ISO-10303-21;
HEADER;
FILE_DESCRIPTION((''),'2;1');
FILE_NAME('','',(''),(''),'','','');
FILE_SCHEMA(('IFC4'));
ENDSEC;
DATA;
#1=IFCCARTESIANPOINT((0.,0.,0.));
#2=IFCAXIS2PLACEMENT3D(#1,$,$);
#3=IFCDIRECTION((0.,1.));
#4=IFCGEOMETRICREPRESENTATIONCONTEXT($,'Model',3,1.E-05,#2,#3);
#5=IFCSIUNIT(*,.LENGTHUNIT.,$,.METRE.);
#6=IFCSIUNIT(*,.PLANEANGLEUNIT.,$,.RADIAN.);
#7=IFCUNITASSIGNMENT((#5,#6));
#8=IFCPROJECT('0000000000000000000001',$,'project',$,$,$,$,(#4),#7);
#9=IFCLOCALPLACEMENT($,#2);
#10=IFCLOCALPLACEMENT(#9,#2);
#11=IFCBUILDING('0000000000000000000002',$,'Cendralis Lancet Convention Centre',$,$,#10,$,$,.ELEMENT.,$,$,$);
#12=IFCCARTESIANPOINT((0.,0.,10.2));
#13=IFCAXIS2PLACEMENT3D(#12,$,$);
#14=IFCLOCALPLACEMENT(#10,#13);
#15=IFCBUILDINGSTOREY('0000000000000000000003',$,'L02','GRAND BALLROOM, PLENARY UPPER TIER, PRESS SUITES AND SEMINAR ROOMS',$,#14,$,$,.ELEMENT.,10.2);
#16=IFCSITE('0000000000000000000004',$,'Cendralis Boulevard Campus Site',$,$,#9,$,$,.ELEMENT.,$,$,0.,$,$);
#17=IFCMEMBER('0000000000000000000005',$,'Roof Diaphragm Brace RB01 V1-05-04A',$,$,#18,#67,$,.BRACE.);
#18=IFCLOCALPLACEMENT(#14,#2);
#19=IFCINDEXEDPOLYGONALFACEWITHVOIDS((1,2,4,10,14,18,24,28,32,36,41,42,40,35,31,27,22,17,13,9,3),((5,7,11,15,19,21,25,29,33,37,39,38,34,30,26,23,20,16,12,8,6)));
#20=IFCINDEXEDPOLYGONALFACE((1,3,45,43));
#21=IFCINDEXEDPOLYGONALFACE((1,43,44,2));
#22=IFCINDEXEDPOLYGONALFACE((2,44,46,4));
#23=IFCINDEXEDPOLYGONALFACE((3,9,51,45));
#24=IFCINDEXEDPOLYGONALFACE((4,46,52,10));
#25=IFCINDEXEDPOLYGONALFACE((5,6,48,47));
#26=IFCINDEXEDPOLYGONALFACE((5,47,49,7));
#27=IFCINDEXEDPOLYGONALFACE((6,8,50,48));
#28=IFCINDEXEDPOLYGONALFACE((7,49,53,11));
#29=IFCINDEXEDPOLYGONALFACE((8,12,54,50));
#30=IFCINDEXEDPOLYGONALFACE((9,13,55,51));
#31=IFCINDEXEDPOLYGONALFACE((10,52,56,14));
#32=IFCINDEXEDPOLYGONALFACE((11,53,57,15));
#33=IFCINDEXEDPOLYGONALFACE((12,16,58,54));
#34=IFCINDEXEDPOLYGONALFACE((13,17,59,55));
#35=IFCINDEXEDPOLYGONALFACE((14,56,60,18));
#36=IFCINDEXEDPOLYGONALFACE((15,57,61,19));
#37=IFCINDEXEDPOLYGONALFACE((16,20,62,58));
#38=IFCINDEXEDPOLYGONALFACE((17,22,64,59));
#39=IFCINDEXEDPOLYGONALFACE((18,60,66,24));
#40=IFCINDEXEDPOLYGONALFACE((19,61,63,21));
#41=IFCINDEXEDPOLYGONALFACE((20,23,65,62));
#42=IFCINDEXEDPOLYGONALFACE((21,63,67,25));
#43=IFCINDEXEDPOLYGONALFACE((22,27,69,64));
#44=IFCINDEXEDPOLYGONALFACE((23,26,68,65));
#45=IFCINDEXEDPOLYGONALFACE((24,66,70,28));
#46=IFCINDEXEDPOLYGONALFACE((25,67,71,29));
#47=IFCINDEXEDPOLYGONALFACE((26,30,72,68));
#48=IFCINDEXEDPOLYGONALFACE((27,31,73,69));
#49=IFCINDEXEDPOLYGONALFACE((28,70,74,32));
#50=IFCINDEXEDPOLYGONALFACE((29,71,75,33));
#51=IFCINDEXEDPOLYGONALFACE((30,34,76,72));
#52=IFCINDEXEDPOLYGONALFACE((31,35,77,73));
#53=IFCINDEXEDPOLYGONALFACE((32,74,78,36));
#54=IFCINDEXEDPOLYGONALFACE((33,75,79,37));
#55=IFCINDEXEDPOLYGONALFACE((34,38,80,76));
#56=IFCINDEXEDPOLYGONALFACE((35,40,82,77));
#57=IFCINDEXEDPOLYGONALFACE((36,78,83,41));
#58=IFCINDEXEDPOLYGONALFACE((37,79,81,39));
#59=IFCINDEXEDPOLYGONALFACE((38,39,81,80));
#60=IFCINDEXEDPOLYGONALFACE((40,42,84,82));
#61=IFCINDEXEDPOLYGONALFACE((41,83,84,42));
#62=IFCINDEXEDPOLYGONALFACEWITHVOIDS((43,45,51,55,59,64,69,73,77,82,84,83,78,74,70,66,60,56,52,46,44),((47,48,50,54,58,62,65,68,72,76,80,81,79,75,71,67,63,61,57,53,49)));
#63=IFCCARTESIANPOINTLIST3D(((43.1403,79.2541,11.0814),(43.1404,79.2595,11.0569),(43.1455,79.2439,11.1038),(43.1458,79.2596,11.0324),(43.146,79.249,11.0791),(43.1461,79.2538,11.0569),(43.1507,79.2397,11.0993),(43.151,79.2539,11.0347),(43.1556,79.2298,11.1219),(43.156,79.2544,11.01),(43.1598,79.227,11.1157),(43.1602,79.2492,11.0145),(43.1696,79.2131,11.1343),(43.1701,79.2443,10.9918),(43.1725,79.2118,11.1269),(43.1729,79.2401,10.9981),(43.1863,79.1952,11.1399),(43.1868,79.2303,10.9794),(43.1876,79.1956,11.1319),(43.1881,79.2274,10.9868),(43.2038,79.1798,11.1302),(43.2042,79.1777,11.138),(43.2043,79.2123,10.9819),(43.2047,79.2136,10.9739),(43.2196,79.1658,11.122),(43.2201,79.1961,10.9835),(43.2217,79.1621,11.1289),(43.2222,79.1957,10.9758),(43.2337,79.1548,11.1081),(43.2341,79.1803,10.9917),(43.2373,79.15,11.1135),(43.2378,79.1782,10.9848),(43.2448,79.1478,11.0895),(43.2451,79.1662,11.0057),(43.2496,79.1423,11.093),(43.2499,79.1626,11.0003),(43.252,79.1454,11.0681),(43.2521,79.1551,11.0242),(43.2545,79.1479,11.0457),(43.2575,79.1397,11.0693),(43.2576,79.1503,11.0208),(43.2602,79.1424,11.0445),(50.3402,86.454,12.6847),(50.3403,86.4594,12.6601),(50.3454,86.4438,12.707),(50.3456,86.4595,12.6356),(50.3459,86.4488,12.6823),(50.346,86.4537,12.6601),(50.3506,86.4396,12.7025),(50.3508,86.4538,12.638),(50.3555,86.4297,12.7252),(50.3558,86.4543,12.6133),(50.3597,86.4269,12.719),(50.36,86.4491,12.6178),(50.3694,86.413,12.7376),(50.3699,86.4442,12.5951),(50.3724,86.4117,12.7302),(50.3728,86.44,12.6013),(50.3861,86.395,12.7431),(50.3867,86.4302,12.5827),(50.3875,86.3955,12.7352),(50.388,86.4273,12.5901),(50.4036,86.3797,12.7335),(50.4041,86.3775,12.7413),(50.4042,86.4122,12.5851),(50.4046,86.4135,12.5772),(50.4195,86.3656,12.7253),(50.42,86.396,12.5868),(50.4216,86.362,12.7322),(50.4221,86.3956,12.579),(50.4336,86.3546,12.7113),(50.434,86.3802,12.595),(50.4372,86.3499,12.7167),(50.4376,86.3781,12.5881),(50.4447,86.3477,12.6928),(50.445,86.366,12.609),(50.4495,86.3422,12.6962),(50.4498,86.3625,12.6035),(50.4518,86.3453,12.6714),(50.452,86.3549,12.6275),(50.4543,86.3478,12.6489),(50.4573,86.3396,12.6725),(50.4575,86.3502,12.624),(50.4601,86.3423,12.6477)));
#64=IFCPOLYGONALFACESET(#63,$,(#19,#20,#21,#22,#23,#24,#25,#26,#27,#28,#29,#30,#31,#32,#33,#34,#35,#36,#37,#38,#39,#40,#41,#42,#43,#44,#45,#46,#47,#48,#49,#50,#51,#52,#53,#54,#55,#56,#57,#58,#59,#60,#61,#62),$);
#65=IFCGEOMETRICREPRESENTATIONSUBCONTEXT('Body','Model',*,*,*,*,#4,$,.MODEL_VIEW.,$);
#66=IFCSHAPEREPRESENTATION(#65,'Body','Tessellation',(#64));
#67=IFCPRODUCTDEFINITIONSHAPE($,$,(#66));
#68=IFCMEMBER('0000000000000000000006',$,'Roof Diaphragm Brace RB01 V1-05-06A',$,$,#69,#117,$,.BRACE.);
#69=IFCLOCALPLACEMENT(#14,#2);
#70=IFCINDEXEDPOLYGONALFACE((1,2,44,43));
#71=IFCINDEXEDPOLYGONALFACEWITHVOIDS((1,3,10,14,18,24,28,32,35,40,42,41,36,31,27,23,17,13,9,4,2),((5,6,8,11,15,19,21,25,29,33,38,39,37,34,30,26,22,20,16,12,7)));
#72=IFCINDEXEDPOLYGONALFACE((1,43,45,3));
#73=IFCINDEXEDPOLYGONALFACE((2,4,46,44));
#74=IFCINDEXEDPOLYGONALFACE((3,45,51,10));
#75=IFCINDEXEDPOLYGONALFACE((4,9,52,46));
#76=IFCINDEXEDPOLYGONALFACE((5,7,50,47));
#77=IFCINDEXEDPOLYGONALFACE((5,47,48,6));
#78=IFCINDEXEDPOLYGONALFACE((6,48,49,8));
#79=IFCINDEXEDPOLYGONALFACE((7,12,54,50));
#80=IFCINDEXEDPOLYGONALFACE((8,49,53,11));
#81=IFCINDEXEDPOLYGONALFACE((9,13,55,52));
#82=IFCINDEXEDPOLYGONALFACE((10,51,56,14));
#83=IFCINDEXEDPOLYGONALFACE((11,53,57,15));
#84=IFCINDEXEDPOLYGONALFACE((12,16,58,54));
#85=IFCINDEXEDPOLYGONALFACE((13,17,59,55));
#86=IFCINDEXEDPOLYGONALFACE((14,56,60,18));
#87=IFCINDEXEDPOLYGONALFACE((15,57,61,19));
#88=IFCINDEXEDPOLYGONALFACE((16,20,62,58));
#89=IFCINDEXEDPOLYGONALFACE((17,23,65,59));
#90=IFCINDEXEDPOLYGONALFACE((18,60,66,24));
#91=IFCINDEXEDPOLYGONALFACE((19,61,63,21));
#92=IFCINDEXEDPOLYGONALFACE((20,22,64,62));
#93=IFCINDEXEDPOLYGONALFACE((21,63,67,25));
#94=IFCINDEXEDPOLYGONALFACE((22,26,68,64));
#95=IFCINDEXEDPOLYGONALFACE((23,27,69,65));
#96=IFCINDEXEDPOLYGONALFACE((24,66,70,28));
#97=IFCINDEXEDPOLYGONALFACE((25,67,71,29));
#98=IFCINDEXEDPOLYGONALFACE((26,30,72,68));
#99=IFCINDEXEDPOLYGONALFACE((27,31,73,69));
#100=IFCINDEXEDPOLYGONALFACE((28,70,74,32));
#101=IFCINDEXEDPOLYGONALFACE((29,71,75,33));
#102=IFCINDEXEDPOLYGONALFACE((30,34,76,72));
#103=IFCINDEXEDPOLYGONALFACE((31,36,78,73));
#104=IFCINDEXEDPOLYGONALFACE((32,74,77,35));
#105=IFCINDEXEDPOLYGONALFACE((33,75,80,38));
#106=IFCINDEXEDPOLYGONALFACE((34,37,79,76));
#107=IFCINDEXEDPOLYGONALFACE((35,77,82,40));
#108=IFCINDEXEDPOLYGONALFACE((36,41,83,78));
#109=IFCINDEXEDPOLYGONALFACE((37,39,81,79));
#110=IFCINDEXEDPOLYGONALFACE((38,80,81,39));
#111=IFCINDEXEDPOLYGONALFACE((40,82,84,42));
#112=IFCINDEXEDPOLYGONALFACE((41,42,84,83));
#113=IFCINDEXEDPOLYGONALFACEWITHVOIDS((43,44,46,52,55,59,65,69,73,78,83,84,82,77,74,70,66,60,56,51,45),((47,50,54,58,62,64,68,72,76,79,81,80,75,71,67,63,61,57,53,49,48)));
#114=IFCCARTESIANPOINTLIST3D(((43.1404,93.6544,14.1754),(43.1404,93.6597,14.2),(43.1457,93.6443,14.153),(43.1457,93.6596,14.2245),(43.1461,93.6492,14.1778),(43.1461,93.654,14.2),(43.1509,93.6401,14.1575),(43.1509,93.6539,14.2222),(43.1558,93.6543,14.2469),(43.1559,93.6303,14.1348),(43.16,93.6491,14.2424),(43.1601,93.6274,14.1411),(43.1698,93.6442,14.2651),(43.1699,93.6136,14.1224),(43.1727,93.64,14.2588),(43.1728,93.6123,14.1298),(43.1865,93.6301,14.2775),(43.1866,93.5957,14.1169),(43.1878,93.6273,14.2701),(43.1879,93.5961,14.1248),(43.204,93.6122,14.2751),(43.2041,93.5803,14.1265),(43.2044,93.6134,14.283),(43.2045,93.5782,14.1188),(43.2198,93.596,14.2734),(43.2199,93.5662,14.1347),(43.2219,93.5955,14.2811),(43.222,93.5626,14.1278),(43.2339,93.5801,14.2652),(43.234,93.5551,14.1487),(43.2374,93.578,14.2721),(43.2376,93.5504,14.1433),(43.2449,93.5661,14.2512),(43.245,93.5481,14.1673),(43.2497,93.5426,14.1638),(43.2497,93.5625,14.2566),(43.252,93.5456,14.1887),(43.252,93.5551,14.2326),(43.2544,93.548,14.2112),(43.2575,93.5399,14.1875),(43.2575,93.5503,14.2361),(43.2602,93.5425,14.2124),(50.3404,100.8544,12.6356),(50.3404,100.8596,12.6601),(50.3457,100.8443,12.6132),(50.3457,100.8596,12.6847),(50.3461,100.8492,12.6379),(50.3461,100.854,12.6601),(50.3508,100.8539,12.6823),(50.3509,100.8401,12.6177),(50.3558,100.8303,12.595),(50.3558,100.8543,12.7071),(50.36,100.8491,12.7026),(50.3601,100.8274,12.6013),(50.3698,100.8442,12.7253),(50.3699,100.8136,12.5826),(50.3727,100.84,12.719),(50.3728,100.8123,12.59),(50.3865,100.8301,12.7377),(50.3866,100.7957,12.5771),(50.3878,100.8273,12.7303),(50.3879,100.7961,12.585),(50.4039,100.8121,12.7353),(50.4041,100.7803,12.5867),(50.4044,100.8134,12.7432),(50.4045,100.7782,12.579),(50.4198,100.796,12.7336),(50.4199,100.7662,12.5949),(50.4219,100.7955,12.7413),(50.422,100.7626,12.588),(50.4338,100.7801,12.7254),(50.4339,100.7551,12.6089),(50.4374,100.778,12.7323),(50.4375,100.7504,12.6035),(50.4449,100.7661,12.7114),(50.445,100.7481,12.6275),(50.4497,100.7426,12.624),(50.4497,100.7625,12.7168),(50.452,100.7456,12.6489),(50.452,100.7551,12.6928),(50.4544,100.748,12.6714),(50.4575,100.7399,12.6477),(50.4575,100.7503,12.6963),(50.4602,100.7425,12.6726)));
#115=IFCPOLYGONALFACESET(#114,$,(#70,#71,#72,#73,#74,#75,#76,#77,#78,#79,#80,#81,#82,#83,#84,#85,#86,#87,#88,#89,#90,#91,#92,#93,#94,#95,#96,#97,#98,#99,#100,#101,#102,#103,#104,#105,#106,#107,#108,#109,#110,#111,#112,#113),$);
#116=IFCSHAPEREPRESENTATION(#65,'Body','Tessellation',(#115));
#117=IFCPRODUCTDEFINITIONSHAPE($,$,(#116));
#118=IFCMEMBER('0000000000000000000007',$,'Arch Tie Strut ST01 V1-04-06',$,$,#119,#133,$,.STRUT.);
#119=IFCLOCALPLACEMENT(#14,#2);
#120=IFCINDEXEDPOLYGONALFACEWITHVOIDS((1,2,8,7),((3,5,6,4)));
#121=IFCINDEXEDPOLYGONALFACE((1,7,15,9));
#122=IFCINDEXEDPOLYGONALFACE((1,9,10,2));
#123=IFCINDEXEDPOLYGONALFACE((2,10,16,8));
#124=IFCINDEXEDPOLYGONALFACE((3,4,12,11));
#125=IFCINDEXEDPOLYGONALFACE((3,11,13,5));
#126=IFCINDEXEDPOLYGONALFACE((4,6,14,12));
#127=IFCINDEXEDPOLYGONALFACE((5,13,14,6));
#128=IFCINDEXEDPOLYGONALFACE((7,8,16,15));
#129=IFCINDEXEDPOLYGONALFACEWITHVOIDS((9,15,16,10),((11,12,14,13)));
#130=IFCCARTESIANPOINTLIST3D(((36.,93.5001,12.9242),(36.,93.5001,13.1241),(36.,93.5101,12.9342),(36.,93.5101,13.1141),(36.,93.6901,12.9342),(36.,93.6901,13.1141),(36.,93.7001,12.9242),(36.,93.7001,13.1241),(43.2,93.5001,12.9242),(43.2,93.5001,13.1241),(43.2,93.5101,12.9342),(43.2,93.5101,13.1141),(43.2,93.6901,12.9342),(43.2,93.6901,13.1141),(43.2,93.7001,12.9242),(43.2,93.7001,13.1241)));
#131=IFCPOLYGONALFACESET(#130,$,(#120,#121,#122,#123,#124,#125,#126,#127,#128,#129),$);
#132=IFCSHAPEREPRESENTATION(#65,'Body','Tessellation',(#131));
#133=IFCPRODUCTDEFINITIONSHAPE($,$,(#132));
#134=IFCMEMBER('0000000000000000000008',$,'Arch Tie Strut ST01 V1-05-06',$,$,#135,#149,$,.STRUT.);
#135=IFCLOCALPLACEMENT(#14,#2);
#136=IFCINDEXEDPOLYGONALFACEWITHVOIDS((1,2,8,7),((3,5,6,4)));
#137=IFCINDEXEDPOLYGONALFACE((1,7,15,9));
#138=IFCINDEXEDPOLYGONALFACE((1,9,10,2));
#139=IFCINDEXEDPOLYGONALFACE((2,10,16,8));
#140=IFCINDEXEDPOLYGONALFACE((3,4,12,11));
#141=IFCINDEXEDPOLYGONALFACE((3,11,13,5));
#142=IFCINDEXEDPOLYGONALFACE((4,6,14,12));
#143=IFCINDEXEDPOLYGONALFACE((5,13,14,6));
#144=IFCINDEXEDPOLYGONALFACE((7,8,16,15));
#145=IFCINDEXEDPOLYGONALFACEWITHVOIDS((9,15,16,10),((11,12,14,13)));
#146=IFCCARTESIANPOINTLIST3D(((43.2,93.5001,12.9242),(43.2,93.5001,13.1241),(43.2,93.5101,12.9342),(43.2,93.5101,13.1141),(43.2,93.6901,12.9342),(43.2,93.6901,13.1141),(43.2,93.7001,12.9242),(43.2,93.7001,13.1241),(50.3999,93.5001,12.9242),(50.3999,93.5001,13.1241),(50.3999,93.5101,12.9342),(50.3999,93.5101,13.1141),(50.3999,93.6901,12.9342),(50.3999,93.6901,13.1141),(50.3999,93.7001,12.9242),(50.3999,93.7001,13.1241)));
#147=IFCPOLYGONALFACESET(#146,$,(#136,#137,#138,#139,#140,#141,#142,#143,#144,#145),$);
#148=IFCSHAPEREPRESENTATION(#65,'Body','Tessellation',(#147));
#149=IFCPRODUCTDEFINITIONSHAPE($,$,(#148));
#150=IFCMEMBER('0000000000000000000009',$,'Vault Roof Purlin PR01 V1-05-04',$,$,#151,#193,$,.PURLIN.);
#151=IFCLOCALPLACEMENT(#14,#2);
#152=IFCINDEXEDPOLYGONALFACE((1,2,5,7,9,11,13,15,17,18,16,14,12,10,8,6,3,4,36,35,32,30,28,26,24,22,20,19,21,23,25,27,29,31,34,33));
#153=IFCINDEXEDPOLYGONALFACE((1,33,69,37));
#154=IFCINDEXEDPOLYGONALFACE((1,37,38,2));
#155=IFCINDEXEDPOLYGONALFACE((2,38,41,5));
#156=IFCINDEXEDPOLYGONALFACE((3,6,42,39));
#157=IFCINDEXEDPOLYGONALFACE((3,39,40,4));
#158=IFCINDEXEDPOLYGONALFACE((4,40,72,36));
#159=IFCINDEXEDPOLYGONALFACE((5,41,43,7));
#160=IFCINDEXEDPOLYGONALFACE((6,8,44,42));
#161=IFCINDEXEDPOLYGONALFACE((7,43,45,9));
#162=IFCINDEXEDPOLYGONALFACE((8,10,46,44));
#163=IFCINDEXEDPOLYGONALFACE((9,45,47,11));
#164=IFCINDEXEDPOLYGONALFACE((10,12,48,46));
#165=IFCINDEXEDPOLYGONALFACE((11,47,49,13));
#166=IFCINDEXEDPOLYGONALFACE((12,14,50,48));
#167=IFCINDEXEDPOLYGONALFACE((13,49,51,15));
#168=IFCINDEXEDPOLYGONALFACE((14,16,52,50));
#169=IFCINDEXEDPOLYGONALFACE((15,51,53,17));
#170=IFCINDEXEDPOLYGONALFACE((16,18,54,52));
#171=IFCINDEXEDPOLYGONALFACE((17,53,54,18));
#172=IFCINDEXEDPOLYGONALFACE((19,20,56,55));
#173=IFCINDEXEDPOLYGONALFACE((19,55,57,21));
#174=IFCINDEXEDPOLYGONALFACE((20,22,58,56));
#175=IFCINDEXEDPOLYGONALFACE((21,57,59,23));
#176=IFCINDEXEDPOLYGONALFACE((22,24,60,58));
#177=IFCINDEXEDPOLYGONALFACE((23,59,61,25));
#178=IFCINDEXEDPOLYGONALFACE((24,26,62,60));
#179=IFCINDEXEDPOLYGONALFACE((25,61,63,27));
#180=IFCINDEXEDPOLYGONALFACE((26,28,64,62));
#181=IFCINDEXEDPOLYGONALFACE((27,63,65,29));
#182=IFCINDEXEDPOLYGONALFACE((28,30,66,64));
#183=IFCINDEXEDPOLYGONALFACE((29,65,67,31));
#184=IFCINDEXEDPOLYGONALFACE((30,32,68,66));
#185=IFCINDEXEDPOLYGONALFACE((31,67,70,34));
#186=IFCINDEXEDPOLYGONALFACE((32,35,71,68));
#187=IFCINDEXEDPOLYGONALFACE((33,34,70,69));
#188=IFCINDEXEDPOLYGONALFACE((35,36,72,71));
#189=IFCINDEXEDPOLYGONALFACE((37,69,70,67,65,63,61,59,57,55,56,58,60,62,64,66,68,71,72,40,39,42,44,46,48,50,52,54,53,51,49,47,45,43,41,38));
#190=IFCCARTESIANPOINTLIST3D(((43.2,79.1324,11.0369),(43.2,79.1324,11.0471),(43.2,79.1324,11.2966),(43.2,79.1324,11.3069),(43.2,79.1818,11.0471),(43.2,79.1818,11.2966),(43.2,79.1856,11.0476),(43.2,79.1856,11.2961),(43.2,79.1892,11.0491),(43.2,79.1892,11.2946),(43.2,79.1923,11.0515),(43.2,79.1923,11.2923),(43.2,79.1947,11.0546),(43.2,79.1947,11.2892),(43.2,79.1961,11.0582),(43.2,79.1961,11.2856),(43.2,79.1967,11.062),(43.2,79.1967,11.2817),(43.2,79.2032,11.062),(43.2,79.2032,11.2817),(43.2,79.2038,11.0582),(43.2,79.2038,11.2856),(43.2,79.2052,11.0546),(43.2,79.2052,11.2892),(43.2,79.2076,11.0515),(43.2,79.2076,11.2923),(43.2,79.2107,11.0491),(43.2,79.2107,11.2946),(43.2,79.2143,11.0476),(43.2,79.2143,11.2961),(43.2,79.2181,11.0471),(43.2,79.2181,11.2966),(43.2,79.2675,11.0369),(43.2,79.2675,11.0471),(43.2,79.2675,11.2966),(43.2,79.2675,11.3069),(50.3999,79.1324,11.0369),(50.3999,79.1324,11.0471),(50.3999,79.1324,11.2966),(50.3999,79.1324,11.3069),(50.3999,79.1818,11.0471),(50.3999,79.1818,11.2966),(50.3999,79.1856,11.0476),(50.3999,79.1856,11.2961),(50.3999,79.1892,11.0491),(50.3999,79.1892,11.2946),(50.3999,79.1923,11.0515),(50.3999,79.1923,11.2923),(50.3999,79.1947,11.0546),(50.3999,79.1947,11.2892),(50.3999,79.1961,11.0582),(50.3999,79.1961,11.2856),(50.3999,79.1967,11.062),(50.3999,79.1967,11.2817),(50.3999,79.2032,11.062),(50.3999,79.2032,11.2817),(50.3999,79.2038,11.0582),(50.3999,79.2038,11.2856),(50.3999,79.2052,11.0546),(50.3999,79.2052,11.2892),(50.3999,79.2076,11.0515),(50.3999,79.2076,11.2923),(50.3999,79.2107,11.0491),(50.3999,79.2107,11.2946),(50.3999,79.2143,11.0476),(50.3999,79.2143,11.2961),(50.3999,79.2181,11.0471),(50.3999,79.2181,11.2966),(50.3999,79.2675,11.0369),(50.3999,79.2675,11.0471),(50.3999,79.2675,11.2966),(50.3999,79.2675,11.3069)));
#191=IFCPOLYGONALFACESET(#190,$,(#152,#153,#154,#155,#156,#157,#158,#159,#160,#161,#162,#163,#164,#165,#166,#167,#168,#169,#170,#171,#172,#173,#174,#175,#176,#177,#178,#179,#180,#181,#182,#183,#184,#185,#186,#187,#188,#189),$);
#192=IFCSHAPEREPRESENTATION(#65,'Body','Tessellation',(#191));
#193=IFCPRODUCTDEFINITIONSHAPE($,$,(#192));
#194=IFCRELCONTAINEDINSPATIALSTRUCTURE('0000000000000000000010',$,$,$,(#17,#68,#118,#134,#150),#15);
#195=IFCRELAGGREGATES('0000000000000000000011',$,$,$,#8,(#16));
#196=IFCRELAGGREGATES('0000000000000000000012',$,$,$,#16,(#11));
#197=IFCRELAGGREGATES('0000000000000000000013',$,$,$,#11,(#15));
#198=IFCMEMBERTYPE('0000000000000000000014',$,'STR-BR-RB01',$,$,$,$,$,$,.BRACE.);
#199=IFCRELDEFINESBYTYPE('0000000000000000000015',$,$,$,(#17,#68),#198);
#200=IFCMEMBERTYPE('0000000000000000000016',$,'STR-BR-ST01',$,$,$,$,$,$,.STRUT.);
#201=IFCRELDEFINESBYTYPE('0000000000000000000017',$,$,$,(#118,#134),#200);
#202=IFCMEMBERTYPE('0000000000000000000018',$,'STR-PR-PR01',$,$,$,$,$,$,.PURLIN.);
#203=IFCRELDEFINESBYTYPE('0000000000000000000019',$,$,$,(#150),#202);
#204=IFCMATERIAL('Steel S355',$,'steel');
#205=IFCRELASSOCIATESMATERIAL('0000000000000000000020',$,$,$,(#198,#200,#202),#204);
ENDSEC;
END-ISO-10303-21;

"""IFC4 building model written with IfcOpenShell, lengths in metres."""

from ifc_helpers import new_model, si_unit, direction, frame, origin, origin_2d, place, context, subcontext, project, spatial, hollow_rectangle, hollow_circle, i_section, extrude, material, material_profile, profile_set, type_object, element, save


model = new_model("IFC4")

# Units and contexts
model_context = context("Model", 3, precision=1e-05, world=origin(), true_north=direction((0.0, 1.0)))
body_context = subcontext(model_context, "Body", "Model", "MODEL_VIEW")
ifc_project = project(units=[si_unit("LENGTHUNIT", "METRE"), si_unit("PLANEANGLEUNIT", "RADIAN")], contexts=[model_context])

# Site, building, storey
site_placement = place(None, origin())
site = spatial("IfcSite", under=ifc_project, at=site_placement, Name="Cendralis Boulevard Campus Site", CompositionType="ELEMENT", RefElevation=0.0)
building_placement = place(site_placement, origin())
building = spatial("IfcBuilding", under=site, at=building_placement, Name="Cendralis Lancet Convention Centre", CompositionType="ELEMENT")
storey_placement = place(building_placement, frame((0.0, 0.0, 10.2)))
storey = spatial("IfcBuildingStorey", under=building, at=storey_placement, Name="L02", Description="GRAND BALLROOM, PLENARY UPPER TIER, PRESS SUITES AND SEMINAR ROOMS", CompositionType="ELEMENT", Elevation=10.2)

# Members
ifc_material = material(Name="Steel S355", Category="steel")
ifc_material_profile_1 = material_profile(ifc_material, hollow_circle(Radius=0.0842, WallThickness=0.0081, at=origin_2d()), Name="CHS 168.3x8.0")
ifc_profile_set_1 = profile_set([ifc_material_profile_1], Name="Steel S355")
member_type_1 = type_object("IfcMemberType", Name="STR-BR-RB01", PredefinedType="BRACE", material=ifc_profile_set_1)
member_1_placement = place(storey_placement, frame((43.2, 79.2, 11.0569), z_axis=(0.698501, 0.698501, 0.155541), x_axis=(-0.707107, 0.707107, 0.0)))
element("IfcMember", 1, at=member_1_placement, inside=storey, type_object=member_type_1, Name="Roof Diaphragm Brace RB01 V1-05-04A", PredefinedType="BRACE", context=body_context, shape_type="SweptSolid", body=[
    extrude(hollow_circle(Radius=0.0842, WallThickness=0.0081, at=origin_2d()), origin(), (0.0, 0.0, 1.0), 10.3076),
])
member_2_placement = place(storey_placement, frame((43.2, 93.6001, 14.2), z_axis=(0.699158, 0.699158, -0.149523), x_axis=(-0.707107, 0.707107, 0.0)))
element("IfcMember", 2, at=member_2_placement, inside=storey, type_object=member_type_1, Name="Roof Diaphragm Brace RB01 V1-05-06A", PredefinedType="BRACE", context=body_context, shape_type="SweptSolid", body=[
    extrude(hollow_circle(Radius=0.0842, WallThickness=0.0081, at=origin_2d()), origin(), (0.0, 0.0, 1.0), 10.2981),
])
ifc_material_profile_2 = material_profile(ifc_material, hollow_rectangle(XDim=0.2, YDim=0.2, WallThickness=0.01, at=origin_2d()), Name="SHS 200x200x10.0")
ifc_profile_set_2 = profile_set([ifc_material_profile_2], Name="Steel S355")
member_type_2 = type_object("IfcMemberType", Name="STR-BR-ST01", PredefinedType="STRUT", material=ifc_profile_set_2)
for number, where, z_axis, x_axis, name in (
    (3, (36.0, 93.6001, 13.0242), (1.0, 0.0, 0.0), (0.0, 1.0, 0.0), "Arch Tie Strut ST01 V1-04-06"),
    (4, (43.2, 93.6001, 13.0242), (1.0, 0.0, 0.0), (0.0, 1.0, 0.0), "Arch Tie Strut ST01 V1-05-06"),
):
    element("IfcMember", number, at=place(storey_placement, frame(where, z_axis=z_axis, x_axis=x_axis)), inside=storey, type_object=member_type_2, Name=name, PredefinedType="STRUT", context=body_context, shape_type="SweptSolid", body=[
        extrude(hollow_rectangle(XDim=0.2, YDim=0.2, WallThickness=0.01, at=origin_2d()), origin(), (0.0, 0.0, 1.0), 7.2),
    ])
ifc_material_profile_3 = material_profile(ifc_material, i_section(OverallWidth=0.135, OverallDepth=0.27, WebThickness=0.0066, FlangeThickness=0.0103, FilletRadius=0.0149, at=origin_2d()), Name="IPE 270")
ifc_profile_set_3 = profile_set([ifc_material_profile_3], Name="Steel S355")
member_type_3 = type_object("IfcMemberType", Name="STR-PR-PR01", PredefinedType="PURLIN", material=ifc_profile_set_3)
for number, where, z_axis, x_axis, name in (
    (5, (43.2, 79.2, 11.1719), (1.0, 0.0, 0.0), (0.0, 1.0, 0.0), "Vault Roof Purlin PR01 V1-05-04"),
):
    element("IfcMember", number, at=place(storey_placement, frame(where, z_axis=z_axis, x_axis=x_axis)), inside=storey, type_object=member_type_3, Name=name, PredefinedType="PURLIN", context=body_context, shape_type="SweptSolid", body=[
        extrude(i_section(OverallWidth=0.135, OverallDepth=0.27, WebThickness=0.0066, FlangeThickness=0.0103, FilletRadius=0.0149, at=origin_2d()), origin(), (0.0, 0.0, 1.0), 7.2),
    ])

save(model, "model.ifc")
